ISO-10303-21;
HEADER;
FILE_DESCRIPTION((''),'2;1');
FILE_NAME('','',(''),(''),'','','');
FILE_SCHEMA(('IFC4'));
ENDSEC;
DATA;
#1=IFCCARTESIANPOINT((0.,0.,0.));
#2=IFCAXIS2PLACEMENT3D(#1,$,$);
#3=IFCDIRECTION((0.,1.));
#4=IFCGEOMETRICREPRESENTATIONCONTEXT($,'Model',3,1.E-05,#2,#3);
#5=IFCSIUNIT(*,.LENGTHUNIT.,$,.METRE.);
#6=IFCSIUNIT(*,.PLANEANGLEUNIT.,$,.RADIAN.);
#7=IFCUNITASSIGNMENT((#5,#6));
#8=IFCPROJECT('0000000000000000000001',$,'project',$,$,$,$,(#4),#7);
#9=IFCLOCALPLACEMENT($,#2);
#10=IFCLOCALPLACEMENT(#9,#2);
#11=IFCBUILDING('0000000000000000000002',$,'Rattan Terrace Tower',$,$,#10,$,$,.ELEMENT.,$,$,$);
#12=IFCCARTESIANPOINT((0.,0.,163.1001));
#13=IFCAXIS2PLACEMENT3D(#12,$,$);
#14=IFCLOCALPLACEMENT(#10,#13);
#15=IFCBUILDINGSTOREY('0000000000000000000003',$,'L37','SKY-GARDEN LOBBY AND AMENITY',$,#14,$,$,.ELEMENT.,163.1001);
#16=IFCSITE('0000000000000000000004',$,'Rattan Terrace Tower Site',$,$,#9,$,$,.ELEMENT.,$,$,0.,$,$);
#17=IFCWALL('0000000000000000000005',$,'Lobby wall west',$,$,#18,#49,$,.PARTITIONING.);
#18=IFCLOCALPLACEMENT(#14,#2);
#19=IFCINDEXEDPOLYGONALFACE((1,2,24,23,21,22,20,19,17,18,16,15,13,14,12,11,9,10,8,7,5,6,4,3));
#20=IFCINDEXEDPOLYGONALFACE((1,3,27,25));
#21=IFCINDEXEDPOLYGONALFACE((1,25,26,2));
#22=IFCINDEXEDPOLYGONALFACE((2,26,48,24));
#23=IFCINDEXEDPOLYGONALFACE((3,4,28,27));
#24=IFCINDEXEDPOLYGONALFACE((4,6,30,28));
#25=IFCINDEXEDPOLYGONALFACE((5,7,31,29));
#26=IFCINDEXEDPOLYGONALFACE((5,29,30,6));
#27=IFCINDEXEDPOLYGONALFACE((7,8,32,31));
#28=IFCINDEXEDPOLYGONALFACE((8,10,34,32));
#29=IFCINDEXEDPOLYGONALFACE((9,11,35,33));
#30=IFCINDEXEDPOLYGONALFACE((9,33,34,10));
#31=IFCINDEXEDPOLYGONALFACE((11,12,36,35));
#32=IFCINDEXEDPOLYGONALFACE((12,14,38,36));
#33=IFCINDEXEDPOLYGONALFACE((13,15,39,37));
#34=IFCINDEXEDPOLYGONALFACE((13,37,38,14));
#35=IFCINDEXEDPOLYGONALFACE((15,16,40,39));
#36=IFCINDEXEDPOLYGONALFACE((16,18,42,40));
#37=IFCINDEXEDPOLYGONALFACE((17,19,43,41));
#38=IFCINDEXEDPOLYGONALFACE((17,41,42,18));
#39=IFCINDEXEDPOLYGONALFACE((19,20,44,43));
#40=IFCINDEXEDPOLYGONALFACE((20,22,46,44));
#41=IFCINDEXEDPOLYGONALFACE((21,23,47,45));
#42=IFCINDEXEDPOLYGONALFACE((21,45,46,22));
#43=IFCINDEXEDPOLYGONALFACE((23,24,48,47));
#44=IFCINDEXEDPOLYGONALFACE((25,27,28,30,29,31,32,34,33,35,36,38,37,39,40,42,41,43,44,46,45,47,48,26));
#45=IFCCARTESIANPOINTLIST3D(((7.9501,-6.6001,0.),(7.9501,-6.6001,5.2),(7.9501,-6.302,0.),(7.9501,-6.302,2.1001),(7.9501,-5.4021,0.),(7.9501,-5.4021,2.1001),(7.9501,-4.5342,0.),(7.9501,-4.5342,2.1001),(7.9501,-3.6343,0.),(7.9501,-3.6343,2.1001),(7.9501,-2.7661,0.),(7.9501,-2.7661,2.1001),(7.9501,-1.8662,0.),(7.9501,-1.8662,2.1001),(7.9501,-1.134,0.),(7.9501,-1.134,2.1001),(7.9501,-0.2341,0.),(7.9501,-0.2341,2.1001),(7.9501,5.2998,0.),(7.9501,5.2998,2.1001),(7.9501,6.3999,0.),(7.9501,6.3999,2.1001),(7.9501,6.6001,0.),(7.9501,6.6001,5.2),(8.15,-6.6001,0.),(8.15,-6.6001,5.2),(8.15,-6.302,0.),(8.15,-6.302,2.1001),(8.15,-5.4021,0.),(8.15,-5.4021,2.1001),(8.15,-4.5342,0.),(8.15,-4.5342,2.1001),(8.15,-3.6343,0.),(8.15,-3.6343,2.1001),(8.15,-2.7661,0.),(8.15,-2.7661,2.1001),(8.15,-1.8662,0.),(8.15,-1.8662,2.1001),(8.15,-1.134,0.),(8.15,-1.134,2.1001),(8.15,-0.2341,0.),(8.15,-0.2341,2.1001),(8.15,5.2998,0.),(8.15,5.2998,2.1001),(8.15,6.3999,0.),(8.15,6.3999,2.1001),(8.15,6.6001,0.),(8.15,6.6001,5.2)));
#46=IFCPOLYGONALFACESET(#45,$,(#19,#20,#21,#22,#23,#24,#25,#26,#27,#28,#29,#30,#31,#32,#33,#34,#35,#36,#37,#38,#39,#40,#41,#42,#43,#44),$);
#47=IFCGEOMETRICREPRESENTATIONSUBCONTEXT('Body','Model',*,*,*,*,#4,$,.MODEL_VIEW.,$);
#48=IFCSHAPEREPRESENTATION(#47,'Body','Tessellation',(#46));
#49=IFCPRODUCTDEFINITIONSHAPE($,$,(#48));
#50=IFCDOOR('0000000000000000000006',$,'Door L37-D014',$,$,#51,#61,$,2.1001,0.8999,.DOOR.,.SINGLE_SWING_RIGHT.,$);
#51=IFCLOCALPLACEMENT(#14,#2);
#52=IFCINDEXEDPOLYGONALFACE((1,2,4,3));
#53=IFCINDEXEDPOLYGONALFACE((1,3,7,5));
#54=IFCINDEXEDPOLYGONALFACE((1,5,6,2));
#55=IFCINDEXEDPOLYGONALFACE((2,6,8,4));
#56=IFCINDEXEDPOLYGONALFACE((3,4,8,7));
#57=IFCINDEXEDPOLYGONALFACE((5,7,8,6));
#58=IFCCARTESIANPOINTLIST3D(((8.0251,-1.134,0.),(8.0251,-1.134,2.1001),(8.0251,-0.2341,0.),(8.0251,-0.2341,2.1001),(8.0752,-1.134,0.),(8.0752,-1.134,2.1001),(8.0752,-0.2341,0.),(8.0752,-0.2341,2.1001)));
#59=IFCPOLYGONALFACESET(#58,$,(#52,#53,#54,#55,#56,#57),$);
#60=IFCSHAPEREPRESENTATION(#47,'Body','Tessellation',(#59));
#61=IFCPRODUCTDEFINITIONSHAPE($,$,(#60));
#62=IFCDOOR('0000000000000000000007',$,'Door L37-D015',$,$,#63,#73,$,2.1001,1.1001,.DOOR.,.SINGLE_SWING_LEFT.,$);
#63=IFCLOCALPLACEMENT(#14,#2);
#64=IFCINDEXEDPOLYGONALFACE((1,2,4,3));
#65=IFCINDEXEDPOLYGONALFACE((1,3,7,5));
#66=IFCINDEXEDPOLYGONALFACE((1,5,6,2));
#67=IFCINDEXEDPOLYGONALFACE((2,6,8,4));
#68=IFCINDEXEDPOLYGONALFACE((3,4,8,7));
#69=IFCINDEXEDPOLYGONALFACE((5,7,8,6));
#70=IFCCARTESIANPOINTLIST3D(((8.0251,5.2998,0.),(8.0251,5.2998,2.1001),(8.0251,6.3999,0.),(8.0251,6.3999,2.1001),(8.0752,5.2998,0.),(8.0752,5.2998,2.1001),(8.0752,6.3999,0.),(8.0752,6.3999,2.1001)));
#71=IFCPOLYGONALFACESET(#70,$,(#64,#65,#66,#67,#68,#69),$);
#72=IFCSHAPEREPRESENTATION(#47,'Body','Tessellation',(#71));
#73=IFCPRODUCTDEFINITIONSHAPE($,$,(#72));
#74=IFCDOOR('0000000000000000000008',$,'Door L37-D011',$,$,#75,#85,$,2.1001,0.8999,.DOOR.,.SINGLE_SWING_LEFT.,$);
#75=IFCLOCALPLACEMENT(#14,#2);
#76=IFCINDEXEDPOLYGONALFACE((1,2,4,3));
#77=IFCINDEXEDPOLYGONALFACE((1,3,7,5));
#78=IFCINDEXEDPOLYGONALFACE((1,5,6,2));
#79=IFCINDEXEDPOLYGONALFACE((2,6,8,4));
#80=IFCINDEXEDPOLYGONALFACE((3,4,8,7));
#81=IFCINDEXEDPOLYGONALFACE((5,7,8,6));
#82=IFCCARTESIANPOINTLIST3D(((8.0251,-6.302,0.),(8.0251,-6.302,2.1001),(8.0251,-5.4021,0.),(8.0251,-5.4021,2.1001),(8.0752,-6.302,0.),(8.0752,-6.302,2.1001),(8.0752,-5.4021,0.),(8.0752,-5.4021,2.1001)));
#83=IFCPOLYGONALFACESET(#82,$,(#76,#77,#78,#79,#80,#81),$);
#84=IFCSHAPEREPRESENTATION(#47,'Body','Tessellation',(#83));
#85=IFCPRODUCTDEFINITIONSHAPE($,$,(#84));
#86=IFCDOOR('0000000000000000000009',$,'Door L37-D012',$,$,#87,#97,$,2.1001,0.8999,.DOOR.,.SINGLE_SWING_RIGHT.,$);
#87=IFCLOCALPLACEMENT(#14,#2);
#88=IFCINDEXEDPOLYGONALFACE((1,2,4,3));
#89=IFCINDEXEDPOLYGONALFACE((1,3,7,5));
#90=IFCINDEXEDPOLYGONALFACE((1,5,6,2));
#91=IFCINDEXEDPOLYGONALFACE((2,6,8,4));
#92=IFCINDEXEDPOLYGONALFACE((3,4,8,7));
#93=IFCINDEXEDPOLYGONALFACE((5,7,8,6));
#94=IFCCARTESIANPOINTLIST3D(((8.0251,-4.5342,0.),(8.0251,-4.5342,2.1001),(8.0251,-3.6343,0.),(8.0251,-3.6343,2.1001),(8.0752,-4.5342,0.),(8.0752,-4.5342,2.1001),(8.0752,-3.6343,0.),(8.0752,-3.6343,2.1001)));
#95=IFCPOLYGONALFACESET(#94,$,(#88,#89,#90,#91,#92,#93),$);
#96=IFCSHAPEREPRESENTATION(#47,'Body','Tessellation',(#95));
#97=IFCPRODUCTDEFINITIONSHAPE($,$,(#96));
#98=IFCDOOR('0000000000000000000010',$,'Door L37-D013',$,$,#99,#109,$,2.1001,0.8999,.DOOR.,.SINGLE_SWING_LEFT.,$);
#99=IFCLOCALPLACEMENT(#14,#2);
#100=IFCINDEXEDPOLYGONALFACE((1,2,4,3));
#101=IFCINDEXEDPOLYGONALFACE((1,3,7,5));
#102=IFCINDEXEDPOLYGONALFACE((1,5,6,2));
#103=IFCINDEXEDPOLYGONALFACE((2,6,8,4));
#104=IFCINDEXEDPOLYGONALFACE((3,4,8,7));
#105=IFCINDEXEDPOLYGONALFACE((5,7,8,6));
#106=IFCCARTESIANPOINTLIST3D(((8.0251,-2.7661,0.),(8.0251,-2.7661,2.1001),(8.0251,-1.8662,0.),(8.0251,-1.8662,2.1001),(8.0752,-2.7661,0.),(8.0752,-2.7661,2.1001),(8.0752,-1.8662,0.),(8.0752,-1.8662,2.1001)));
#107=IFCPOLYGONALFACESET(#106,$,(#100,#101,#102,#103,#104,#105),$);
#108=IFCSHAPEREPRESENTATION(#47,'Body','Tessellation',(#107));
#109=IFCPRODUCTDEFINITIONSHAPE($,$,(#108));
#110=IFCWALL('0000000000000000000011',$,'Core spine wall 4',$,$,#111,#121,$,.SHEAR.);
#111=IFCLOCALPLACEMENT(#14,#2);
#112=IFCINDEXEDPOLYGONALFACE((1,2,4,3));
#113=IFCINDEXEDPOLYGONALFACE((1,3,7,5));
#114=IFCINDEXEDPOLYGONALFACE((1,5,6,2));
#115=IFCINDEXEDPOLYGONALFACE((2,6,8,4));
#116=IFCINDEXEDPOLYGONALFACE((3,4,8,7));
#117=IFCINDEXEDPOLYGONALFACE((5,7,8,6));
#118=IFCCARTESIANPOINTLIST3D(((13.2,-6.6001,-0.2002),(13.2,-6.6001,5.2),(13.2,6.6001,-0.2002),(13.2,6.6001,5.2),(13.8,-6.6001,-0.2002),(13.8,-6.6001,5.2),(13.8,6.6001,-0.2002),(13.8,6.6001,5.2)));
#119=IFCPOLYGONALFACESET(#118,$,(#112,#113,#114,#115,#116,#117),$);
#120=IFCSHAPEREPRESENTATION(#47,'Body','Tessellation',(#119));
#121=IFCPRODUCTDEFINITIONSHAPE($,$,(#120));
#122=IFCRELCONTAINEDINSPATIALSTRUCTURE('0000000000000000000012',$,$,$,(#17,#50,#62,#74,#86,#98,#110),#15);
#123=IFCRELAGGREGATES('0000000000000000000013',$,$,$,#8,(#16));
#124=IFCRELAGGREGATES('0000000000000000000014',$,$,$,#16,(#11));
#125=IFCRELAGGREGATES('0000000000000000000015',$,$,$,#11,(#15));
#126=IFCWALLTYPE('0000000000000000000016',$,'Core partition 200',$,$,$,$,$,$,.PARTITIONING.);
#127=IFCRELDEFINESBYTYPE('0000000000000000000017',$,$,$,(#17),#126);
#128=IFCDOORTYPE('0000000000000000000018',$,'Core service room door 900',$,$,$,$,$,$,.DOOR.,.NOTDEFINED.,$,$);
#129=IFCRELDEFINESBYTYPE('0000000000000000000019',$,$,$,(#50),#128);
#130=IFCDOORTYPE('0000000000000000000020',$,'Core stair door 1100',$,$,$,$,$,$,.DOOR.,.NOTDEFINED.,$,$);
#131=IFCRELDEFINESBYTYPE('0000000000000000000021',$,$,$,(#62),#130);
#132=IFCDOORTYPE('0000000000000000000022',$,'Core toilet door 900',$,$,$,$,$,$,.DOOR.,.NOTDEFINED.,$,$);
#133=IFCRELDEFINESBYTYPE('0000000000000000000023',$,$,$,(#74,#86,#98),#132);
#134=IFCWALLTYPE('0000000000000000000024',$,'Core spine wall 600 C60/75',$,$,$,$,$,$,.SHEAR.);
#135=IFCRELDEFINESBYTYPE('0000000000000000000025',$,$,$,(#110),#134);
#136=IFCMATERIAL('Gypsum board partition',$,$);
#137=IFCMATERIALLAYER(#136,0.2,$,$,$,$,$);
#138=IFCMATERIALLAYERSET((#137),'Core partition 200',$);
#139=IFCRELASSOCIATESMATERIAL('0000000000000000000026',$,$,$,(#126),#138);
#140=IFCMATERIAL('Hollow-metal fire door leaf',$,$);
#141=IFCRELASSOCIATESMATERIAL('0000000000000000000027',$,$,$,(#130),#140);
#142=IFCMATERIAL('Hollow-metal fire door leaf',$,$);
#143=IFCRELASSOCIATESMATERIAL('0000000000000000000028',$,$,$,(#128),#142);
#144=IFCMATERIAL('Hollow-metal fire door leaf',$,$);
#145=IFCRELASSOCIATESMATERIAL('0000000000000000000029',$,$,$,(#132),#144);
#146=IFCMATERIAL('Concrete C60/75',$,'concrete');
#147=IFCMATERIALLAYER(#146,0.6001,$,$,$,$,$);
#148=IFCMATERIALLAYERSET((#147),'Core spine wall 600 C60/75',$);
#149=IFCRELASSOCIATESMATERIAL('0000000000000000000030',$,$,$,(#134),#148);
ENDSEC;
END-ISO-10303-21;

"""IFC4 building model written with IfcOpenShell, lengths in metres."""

from ifc_helpers import new_model, si_unit, direction, frame, frame_2d, origin, place, context, subcontext, project, spatial, rectangle, extrude, material, layer, layer_set, type_object, element, fill, save


model = new_model("IFC4")

# Units and contexts
model_context = context("Model", 3, precision=1e-05, world=origin(), true_north=direction((0.0, 1.0)))
body_context = subcontext(model_context, "Body", "Model", "MODEL_VIEW")
ifc_project = project(units=[si_unit("LENGTHUNIT", "METRE"), si_unit("PLANEANGLEUNIT", "RADIAN")], contexts=[model_context])

# Site, building, storey
site_placement = place(None, origin())
site = spatial("IfcSite", under=ifc_project, at=site_placement, Name="Rattan Terrace Tower Site", CompositionType="ELEMENT", RefElevation=0.0)
building_placement = place(site_placement, origin())
building = spatial("IfcBuilding", under=site, at=building_placement, Name="Rattan Terrace Tower", CompositionType="ELEMENT")
storey_placement = place(building_placement, frame((0.0, 0.0, 163.1001)))
storey = spatial("IfcBuildingStorey", under=building, at=storey_placement, Name="L37", Description="SKY-GARDEN LOBBY AND AMENITY", CompositionType="ELEMENT", Elevation=163.1001)

# Shared definitions
ifc_material_1 = material(Name="Gypsum board partition")
ifc_layer_1 = layer(ifc_material_1, 0.2)
ifc_layer_set_1 = layer_set([ifc_layer_1], Name="Core partition 200")
wall_type_1 = type_object("IfcWallType", Name="Core partition 200", PredefinedType="PARTITIONING", material=ifc_layer_set_1)
ifc_material_2 = material(Name="Hollow-metal fire door leaf")
door_type_1 = type_object("IfcDoorType", Name="Core stair door 1100", OperationType="NOTDEFINED", PredefinedType="DOOR", material=ifc_material_2)

# Wall, openings, doors
wall_1_placement = place(storey_placement, frame((8.05, -6.6001, 0.0), z_axis=(0.0, 0.0, 1.0), x_axis=(0.0, 1.0, 0.0)))
wall_1 = element("IfcWall", 1, at=wall_1_placement, inside=storey, type_object=wall_type_1, Name="Lobby wall west", PredefinedType="PARTITIONING", context=body_context, shape_type="SweptSolid", body=[
    extrude(rectangle(XDim=13.2002, YDim=0.2, at=frame_2d((6.6001, 0.0))), origin(), (0.0, 0.0, 1.0), 5.2),
])
opening_1_placement = place(wall_1_placement, frame((0.2981, 0.0, 0.0)))
opening_1 = element("IfcOpeningElement", 2, at=opening_1_placement, cuts=wall_1, PredefinedType="OPENING", context=body_context, shape_type="SweptSolid", body=[
    extrude(rectangle(XDim=0.8999, YDim=2.1001, at=frame_2d((0.45, 1.05))), frame((0.0, 0.1106, 0.0), z_axis=(0.0, -1.0, 0.0), x_axis=(1.0, 0.0, 0.0)), (0.0, 0.0, 1.0), 0.2209),
])
opening_2_placement = place(wall_1_placement, frame((2.0659, 0.0, 0.0)))
opening_2 = element("IfcOpeningElement", 3, at=opening_2_placement, cuts=wall_1, PredefinedType="OPENING", context=body_context, shape_type="SweptSolid", body=[
    extrude(rectangle(XDim=0.8999, YDim=2.1001, at=frame_2d((0.45, 1.05))), frame((0.0, 0.1106, 0.0), z_axis=(0.0, -1.0, 0.0), x_axis=(1.0, 0.0, 0.0)), (0.0, 0.0, 1.0), 0.2209),
])
opening_3_placement = place(wall_1_placement, frame((3.834, 0.0, 0.0)))
opening_3 = element("IfcOpeningElement", 4, at=opening_3_placement, cuts=wall_1, PredefinedType="OPENING", context=body_context, shape_type="SweptSolid", body=[
    extrude(rectangle(XDim=0.8999, YDim=2.1001, at=frame_2d((0.45, 1.05))), frame((0.0, 0.1106, 0.0), z_axis=(0.0, -1.0, 0.0), x_axis=(1.0, 0.0, 0.0)), (0.0, 0.0, 1.0), 0.2209),
])
opening_4_placement = place(wall_1_placement, frame((5.4661, 0.0, 0.0)))
opening_4 = element("IfcOpeningElement", 5, at=opening_4_placement, cuts=wall_1, PredefinedType="OPENING", context=body_context, shape_type="SweptSolid", body=[
    extrude(rectangle(XDim=0.8999, YDim=2.1001, at=frame_2d((0.45, 1.05))), frame((0.0, 0.1106, 0.0), z_axis=(0.0, -1.0, 0.0), x_axis=(1.0, 0.0, 0.0)), (0.0, 0.0, 1.0), 0.2209),
])
opening_5_placement = place(wall_1_placement, frame((11.8999, 0.0, 0.0)))
opening_5 = element("IfcOpeningElement", 6, at=opening_5_placement, cuts=wall_1, PredefinedType="OPENING", context=body_context, shape_type="SweptSolid", body=[
    extrude(rectangle(XDim=1.1001, YDim=2.1001, at=frame_2d((0.55, 1.05))), frame((0.0, 0.1106, 0.0), z_axis=(0.0, -1.0, 0.0), x_axis=(1.0, 0.0, 0.0)), (0.0, 0.0, 1.0), 0.2209),
])
ifc_material_3 = material(Name="Hollow-metal fire door leaf")
door_type_2 = type_object("IfcDoorType", Name="Core service room door 900", OperationType="NOTDEFINED", PredefinedType="DOOR", material=ifc_material_3)
door_1_placement = place(opening_4_placement, origin())
door_1 = element("IfcDoor", 7, at=door_1_placement, inside=storey, type_object=door_type_2, Name="Door L37-D014", OperationType="SINGLE_SWING_RIGHT", OverallHeight=2.1001, OverallWidth=0.8999, PredefinedType="DOOR", context=body_context, shape_type="SweptSolid", body=[
    extrude(rectangle(XDim=0.8999, YDim=2.1001, at=frame_2d((0.45, 1.05))), frame((0.0, 0.0249, 0.0), z_axis=(0.0, -1.0, 0.0), x_axis=(1.0, 0.0, 0.0)), (0.0, 0.0, 1.0), 0.05),
])
fill(opening_4, door_1)
door_2_placement = place(opening_5_placement, origin())
door_2 = element("IfcDoor", 8, at=door_2_placement, inside=storey, type_object=door_type_1, Name="Door L37-D015", OperationType="SINGLE_SWING_LEFT", OverallHeight=2.1001, OverallWidth=1.1001, PredefinedType="DOOR", context=body_context, shape_type="SweptSolid", body=[
    extrude(rectangle(XDim=1.1001, YDim=2.1001, at=frame_2d((0.55, 1.05))), frame((0.0, 0.0249, 0.0), z_axis=(0.0, -1.0, 0.0), x_axis=(1.0, 0.0, 0.0)), (0.0, 0.0, 1.0), 0.05),
])
fill(opening_5, door_2)
ifc_material_4 = material(Name="Hollow-metal fire door leaf")
door_type_3 = type_object("IfcDoorType", Name="Core toilet door 900", OperationType="NOTDEFINED", PredefinedType="DOOR", material=ifc_material_4)
door_3_placement = place(opening_1_placement, origin())
door_3 = element("IfcDoor", 9, at=door_3_placement, inside=storey, type_object=door_type_3, Name="Door L37-D011", OperationType="SINGLE_SWING_LEFT", OverallHeight=2.1001, OverallWidth=0.8999, PredefinedType="DOOR", context=body_context, shape_type="SweptSolid", body=[
    extrude(rectangle(XDim=0.8999, YDim=2.1001, at=frame_2d((0.45, 1.05))), frame((0.0, 0.0249, 0.0), z_axis=(0.0, -1.0, 0.0), x_axis=(1.0, 0.0, 0.0)), (0.0, 0.0, 1.0), 0.05),
])
fill(opening_1, door_3)
door_4_placement = place(opening_2_placement, origin())
door_4 = element("IfcDoor", 10, at=door_4_placement, inside=storey, type_object=door_type_3, Name="Door L37-D012", OperationType="SINGLE_SWING_RIGHT", OverallHeight=2.1001, OverallWidth=0.8999, PredefinedType="DOOR", context=body_context, shape_type="SweptSolid", body=[
    extrude(rectangle(XDim=0.8999, YDim=2.1001, at=frame_2d((0.45, 1.05))), frame((0.0, 0.0249, 0.0), z_axis=(0.0, -1.0, 0.0), x_axis=(1.0, 0.0, 0.0)), (0.0, 0.0, 1.0), 0.05),
])
fill(opening_2, door_4)
door_5_placement = place(opening_3_placement, origin())
door_5 = element("IfcDoor", 11, at=door_5_placement, inside=storey, type_object=door_type_3, Name="Door L37-D013", OperationType="SINGLE_SWING_LEFT", OverallHeight=2.1001, OverallWidth=0.8999, PredefinedType="DOOR", context=body_context, shape_type="SweptSolid", body=[
    extrude(rectangle(XDim=0.8999, YDim=2.1001, at=frame_2d((0.45, 1.05))), frame((0.0, 0.0249, 0.0), z_axis=(0.0, -1.0, 0.0), x_axis=(1.0, 0.0, 0.0)), (0.0, 0.0, 1.0), 0.05),
])
fill(opening_3, door_5)

# Wall
ifc_material_5 = material(Name="Concrete C60/75", Category="concrete")
ifc_layer_2 = layer(ifc_material_5, 0.6001)
ifc_layer_set_2 = layer_set([ifc_layer_2], Name="Core spine wall 600 C60/75")
wall_type_2 = type_object("IfcWallType", Name="Core spine wall 600 C60/75", PredefinedType="SHEAR", material=ifc_layer_set_2)
wall_2_placement = place(storey_placement, frame((13.5, -6.6001, -0.2002), z_axis=(0.0, 0.0, 1.0), x_axis=(0.0, 1.0, 0.0)))
element("IfcWall", 12, at=wall_2_placement, inside=storey, type_object=wall_type_2, Name="Core spine wall 4", PredefinedType="SHEAR", context=body_context, shape_type="SweptSolid", body=[
    extrude(rectangle(XDim=13.2002, YDim=0.6001, at=frame_2d((6.6001, 0.0))), origin(), (0.0, 0.0, 1.0), 5.4001),
])

save(model, "model.ifc")
